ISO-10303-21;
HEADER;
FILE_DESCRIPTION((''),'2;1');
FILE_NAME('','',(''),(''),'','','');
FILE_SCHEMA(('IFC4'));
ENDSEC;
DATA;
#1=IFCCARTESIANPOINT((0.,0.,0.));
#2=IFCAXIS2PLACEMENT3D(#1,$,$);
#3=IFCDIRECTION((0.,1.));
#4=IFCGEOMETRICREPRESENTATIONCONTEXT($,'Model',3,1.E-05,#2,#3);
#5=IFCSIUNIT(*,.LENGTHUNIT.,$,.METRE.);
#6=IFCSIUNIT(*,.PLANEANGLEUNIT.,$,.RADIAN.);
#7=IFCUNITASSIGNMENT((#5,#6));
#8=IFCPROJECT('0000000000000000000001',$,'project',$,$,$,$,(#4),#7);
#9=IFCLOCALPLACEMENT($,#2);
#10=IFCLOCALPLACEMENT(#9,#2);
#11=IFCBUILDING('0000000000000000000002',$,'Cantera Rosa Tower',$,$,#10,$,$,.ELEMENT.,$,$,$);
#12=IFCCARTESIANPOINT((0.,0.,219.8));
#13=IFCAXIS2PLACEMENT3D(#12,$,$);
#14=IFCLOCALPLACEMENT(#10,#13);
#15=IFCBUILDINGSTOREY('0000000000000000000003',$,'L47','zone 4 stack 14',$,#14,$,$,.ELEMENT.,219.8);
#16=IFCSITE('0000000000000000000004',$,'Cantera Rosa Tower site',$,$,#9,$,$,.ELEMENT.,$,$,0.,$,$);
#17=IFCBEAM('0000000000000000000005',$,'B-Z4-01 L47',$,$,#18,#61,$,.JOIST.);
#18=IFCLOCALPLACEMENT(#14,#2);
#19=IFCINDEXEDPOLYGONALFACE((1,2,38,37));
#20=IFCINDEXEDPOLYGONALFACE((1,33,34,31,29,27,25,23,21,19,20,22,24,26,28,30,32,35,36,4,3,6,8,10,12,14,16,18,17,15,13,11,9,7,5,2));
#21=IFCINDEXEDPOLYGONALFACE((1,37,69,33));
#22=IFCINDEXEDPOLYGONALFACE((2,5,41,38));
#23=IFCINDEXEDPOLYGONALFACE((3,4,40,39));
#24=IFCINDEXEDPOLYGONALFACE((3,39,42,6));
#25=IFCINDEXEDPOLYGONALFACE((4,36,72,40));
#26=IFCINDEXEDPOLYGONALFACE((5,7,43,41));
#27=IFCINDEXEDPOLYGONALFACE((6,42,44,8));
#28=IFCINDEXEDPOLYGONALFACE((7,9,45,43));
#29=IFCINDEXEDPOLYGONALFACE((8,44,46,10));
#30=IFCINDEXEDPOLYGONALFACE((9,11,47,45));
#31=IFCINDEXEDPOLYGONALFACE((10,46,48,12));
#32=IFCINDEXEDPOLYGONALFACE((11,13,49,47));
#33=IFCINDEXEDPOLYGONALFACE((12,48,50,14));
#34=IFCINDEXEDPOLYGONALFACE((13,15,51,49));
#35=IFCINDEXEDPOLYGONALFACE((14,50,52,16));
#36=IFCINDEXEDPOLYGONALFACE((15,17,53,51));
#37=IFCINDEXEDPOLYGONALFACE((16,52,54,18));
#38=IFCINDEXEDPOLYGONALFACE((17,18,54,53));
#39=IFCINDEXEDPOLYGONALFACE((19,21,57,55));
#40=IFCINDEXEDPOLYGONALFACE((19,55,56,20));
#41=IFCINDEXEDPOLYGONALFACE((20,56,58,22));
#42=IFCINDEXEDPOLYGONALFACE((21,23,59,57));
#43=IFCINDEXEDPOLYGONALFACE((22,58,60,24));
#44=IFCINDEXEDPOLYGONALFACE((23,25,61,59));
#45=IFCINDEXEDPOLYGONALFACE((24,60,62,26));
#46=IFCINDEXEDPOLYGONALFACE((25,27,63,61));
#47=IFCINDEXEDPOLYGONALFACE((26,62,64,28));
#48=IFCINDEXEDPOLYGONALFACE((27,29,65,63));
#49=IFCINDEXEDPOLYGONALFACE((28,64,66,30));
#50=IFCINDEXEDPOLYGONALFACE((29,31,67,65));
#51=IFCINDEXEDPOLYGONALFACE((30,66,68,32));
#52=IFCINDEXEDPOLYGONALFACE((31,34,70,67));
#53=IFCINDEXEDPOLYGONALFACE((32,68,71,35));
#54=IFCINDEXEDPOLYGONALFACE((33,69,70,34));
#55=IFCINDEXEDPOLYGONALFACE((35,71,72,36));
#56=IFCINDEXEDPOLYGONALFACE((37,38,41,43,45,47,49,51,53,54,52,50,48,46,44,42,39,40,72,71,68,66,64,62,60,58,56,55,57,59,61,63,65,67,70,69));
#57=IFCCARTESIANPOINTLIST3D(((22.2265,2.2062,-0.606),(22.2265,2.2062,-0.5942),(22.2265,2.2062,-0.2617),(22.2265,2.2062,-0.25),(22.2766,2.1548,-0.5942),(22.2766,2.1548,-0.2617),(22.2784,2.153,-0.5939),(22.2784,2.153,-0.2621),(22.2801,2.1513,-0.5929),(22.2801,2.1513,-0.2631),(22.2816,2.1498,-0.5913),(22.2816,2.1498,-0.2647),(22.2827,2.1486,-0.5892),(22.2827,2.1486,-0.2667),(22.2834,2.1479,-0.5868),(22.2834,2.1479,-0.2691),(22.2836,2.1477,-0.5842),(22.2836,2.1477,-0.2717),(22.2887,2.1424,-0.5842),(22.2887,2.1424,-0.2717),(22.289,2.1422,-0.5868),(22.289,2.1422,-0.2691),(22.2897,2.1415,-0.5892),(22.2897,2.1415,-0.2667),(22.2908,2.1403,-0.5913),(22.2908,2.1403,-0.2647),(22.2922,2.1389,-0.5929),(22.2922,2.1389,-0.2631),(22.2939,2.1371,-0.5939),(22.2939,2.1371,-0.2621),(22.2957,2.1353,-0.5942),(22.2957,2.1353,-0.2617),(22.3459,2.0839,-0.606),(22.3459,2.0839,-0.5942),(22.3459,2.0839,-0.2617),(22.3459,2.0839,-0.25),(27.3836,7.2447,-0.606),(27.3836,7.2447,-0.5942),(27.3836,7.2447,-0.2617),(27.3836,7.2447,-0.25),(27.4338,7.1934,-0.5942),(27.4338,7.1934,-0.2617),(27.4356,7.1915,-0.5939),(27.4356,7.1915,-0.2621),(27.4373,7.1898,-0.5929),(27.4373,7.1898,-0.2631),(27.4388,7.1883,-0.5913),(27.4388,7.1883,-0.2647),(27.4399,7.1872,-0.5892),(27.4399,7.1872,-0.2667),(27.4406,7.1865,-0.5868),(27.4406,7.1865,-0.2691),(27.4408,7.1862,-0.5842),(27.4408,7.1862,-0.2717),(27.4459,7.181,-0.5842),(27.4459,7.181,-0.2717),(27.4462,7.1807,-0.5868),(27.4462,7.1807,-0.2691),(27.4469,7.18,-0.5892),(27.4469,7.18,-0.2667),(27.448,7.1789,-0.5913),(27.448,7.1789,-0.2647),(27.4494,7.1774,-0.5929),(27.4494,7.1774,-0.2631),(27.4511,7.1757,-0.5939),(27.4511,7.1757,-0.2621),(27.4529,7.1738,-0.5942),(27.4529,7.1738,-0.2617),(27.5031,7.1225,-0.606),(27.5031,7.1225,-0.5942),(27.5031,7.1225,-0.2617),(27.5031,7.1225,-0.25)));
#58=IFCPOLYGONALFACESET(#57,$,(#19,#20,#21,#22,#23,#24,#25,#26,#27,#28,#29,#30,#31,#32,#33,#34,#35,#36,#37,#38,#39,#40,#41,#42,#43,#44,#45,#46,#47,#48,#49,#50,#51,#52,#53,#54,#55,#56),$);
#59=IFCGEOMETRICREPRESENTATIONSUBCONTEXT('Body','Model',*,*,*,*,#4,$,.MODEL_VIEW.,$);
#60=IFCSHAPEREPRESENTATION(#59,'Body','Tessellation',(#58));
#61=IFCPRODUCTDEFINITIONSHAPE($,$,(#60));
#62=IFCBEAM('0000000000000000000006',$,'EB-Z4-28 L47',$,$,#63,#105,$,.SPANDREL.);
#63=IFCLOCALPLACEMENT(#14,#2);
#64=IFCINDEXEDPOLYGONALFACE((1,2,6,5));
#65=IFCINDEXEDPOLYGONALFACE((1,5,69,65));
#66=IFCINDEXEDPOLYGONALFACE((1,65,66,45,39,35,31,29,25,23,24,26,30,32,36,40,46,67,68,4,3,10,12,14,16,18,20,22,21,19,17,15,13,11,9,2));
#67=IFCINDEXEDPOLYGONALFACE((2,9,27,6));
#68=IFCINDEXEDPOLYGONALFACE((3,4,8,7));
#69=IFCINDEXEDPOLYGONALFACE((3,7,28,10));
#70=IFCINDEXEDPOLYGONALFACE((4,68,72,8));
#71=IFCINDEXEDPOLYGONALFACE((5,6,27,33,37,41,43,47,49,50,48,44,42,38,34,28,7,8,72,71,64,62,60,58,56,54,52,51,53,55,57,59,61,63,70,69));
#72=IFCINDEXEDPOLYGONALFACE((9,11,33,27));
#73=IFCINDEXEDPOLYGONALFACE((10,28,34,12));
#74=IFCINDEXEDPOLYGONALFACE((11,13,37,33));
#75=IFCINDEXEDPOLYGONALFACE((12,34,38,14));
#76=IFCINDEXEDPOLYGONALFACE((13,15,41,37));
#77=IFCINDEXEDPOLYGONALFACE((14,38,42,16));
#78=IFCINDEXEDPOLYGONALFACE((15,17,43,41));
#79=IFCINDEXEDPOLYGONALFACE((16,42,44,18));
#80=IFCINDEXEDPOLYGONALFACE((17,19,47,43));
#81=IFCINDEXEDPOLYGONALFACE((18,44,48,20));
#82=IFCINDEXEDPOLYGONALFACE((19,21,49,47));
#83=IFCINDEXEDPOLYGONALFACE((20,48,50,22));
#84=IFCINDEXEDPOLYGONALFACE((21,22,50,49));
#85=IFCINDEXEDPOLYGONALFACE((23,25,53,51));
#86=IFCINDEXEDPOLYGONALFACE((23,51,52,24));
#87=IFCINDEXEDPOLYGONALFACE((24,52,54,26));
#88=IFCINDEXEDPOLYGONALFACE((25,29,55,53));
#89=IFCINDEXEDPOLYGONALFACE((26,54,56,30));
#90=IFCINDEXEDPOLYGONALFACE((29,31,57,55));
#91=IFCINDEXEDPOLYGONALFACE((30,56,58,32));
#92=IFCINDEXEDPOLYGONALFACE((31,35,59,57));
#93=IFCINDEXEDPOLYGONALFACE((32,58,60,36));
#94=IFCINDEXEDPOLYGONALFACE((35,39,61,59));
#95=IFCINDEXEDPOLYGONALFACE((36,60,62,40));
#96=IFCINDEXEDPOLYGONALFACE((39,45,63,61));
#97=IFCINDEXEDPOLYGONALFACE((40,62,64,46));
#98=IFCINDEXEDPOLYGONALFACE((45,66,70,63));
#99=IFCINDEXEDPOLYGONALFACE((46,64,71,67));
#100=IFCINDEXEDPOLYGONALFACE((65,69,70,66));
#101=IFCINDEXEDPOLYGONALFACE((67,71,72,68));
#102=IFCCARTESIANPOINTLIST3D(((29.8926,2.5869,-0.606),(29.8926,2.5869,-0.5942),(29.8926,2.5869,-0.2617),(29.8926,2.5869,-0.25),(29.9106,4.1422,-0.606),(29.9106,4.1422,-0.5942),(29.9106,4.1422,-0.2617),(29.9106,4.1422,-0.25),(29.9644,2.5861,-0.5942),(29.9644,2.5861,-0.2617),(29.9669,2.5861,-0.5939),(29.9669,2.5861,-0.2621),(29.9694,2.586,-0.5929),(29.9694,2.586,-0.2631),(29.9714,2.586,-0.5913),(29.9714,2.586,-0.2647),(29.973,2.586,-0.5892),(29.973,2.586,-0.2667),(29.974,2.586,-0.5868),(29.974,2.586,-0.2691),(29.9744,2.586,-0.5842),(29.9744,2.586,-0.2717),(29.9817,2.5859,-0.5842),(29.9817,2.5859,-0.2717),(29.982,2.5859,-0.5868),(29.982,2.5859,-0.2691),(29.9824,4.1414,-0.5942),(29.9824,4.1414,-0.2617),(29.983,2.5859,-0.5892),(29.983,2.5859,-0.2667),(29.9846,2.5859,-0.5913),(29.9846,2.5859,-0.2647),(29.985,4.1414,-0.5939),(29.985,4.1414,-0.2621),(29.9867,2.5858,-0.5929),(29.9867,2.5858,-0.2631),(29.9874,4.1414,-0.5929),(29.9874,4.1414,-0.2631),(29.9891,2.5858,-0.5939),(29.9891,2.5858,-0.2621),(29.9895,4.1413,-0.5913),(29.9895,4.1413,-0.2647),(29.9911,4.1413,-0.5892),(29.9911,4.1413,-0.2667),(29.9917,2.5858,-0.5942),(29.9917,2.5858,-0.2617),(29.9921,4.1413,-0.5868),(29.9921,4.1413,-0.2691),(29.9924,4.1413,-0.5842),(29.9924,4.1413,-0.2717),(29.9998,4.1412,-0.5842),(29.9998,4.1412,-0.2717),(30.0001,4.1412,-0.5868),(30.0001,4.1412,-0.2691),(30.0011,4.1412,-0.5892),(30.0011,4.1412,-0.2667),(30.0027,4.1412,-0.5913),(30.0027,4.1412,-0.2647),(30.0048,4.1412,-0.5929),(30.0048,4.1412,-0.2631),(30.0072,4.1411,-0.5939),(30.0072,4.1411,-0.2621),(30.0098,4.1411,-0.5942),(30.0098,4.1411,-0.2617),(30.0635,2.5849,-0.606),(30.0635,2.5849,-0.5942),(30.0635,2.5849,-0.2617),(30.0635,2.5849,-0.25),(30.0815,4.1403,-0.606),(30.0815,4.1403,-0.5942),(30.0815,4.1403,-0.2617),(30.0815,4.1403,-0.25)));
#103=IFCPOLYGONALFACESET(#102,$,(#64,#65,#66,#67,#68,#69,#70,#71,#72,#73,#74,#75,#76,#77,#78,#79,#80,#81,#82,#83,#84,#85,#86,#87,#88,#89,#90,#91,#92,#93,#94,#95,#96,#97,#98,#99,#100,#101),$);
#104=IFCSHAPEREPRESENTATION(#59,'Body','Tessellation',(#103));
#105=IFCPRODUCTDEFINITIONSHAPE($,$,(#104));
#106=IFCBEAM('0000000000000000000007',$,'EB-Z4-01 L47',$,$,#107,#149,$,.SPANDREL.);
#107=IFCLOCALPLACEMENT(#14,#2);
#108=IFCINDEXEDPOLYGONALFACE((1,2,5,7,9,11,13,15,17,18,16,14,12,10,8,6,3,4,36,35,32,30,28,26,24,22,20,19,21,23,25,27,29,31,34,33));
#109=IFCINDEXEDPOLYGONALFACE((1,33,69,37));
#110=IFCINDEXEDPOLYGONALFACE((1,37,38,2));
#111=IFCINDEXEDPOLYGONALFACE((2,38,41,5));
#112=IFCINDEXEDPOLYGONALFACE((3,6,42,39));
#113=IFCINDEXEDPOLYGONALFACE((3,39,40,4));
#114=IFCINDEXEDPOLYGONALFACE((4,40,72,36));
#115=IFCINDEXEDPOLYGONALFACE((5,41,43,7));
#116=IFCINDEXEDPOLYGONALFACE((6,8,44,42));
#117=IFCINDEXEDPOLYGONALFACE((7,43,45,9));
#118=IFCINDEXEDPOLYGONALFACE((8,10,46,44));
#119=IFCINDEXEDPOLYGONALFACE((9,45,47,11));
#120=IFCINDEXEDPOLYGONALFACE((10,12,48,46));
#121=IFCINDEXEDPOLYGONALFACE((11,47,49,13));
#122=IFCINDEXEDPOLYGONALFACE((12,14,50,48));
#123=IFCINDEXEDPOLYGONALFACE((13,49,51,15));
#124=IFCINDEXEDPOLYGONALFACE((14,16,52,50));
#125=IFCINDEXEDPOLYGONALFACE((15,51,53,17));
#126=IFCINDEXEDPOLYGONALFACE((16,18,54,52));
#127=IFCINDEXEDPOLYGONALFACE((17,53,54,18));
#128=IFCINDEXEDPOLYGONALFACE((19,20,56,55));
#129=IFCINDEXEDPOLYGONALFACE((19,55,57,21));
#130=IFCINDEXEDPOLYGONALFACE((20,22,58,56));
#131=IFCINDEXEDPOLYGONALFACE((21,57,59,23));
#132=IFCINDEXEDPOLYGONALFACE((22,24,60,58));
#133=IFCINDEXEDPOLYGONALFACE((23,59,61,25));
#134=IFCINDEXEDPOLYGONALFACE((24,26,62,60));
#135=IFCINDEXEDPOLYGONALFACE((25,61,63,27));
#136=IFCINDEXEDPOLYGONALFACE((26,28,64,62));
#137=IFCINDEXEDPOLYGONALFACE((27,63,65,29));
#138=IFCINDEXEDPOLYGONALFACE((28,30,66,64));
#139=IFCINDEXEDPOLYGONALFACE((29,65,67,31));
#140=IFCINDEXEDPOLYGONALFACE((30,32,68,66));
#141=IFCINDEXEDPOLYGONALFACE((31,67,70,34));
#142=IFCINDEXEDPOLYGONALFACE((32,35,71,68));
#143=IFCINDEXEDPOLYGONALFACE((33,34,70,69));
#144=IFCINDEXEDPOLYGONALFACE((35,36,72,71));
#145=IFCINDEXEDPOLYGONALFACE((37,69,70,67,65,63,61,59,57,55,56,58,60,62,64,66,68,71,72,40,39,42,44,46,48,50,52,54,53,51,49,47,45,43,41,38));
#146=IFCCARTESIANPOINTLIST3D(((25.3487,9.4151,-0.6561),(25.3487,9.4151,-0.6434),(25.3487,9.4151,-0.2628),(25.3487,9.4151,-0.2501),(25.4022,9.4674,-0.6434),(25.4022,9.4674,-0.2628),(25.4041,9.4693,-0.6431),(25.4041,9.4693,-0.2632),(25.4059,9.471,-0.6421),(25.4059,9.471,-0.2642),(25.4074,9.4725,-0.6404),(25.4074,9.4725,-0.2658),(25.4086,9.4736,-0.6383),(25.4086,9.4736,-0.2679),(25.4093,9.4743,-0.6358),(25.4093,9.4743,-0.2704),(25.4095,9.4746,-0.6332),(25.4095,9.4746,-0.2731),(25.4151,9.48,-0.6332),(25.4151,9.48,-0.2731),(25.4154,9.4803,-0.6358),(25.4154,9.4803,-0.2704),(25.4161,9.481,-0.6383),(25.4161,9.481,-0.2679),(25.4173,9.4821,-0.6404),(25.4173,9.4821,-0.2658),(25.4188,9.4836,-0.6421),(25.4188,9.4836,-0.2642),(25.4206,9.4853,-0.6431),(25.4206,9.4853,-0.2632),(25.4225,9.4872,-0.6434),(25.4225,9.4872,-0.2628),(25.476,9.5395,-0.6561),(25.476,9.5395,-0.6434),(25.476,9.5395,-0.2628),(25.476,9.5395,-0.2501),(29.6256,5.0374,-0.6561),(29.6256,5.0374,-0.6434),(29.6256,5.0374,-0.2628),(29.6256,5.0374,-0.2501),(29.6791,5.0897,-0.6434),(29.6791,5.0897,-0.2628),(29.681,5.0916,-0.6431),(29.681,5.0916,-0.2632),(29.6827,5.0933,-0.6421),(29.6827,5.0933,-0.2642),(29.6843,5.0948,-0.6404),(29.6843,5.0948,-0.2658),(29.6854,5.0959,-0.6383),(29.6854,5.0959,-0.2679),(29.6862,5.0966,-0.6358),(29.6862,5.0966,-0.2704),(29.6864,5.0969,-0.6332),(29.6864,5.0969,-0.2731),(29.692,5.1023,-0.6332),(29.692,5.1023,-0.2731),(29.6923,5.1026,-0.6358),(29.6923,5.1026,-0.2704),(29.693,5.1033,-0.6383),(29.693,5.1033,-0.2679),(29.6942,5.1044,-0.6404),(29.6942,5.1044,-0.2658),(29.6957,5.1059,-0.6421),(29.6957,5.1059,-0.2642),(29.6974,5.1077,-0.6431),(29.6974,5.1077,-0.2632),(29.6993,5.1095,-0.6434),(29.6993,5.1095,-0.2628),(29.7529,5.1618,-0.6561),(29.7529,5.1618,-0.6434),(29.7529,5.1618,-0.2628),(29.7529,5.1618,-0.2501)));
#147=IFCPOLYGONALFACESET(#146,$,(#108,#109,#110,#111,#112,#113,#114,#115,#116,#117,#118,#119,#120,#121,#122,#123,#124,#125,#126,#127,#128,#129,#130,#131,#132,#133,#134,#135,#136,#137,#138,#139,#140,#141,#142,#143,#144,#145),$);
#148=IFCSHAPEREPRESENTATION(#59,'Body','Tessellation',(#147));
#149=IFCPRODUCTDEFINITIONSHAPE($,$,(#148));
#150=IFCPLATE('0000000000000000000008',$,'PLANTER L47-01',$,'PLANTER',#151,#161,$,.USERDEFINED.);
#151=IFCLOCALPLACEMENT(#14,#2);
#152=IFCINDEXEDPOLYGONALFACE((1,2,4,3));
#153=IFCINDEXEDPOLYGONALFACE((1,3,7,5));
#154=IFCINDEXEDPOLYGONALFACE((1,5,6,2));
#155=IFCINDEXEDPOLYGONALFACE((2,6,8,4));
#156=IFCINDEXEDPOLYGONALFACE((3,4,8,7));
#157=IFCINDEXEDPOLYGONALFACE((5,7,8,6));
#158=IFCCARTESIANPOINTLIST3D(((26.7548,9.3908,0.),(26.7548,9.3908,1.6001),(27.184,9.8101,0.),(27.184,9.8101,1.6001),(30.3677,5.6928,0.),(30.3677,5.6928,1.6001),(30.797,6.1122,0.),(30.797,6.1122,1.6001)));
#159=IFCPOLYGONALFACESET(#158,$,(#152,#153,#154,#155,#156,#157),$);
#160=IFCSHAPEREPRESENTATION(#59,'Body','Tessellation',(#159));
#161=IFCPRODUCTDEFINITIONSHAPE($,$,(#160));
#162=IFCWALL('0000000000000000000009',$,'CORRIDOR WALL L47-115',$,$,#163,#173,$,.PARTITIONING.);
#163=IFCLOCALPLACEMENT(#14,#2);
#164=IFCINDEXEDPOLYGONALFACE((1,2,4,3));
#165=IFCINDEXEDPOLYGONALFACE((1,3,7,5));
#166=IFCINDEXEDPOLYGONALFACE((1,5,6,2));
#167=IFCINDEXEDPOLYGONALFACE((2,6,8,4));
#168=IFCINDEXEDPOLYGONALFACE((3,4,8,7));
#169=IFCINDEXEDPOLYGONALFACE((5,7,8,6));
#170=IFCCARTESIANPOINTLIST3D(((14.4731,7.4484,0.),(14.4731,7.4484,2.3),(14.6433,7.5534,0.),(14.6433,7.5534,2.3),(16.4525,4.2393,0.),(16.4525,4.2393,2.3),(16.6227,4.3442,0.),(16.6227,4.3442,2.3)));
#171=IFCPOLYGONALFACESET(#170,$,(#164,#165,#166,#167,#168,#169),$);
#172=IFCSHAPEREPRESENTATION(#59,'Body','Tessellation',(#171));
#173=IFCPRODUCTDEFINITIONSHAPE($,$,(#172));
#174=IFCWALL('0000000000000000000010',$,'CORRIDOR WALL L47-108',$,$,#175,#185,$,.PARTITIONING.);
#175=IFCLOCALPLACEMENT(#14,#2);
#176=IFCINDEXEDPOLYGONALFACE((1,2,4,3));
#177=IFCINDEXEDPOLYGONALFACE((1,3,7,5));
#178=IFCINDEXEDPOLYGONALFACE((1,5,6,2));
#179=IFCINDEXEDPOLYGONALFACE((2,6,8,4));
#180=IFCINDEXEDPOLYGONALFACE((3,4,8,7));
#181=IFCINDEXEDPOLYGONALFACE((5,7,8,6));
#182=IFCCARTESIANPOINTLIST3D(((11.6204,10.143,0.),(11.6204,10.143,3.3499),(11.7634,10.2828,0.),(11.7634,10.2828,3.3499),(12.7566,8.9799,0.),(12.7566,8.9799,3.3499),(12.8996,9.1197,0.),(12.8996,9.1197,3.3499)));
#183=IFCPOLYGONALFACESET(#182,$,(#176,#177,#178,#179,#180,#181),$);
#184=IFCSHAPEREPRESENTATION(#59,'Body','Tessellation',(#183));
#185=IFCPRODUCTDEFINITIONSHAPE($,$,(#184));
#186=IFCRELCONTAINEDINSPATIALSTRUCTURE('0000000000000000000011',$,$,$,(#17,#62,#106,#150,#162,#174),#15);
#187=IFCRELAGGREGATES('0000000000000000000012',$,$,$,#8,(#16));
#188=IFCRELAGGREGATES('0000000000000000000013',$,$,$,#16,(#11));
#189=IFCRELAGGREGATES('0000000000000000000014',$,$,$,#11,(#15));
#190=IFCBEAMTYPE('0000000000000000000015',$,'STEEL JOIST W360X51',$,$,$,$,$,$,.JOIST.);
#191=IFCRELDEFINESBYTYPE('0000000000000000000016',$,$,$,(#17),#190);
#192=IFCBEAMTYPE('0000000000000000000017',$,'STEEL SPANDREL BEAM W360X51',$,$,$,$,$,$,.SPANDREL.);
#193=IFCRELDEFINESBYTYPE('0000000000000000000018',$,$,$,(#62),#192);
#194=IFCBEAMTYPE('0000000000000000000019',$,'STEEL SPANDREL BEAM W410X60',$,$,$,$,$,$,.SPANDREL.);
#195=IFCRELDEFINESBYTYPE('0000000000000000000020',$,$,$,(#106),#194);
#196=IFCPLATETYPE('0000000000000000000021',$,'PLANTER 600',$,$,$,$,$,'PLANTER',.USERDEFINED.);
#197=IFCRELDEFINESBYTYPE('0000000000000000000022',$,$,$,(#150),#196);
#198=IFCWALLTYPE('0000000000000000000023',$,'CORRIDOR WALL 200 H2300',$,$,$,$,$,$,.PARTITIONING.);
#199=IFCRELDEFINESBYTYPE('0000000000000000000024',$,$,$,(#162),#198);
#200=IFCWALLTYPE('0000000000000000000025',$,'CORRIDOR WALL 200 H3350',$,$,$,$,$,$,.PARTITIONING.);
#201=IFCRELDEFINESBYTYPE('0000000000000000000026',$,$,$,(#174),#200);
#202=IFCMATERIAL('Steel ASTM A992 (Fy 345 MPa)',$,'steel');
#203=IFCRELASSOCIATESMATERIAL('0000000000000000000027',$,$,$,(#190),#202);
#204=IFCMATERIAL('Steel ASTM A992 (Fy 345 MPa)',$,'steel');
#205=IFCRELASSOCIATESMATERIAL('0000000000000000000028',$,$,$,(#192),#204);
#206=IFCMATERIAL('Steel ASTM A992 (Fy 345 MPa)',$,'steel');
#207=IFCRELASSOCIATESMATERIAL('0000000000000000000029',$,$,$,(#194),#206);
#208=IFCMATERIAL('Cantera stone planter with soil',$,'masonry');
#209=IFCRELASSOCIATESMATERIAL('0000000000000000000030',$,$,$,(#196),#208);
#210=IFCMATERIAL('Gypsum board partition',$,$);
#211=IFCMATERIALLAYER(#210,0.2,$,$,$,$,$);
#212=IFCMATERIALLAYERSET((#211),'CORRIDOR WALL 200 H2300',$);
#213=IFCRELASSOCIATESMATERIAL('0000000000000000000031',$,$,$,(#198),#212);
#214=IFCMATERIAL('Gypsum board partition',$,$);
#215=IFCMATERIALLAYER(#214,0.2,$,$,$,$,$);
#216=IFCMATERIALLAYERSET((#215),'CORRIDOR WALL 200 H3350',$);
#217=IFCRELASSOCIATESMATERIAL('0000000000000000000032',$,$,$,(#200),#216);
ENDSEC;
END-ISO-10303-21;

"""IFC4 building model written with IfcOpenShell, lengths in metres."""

from ifc_helpers import new_model, si_unit, direction, frame, frame_2d, origin, origin_2d, place, context, subcontext, project, spatial, rectangle, i_section, extrude, material, layer, layer_set, material_profile, profile_set, type_object, element, save


model = new_model("IFC4")

# Units and contexts
model_context = context("Model", 3, precision=1e-05, world=origin(), true_north=direction((0.0, 1.0)))
body_context = subcontext(model_context, "Body", "Model", "MODEL_VIEW")
ifc_project = project(units=[si_unit("LENGTHUNIT", "METRE"), si_unit("PLANEANGLEUNIT", "RADIAN")], contexts=[model_context])

# Site, building, storey
site_placement = place(None, origin())
site = spatial("IfcSite", under=ifc_project, at=site_placement, Name="Cantera Rosa Tower site", CompositionType="ELEMENT", RefElevation=0.0)
building_placement = place(site_placement, origin())
building = spatial("IfcBuilding", under=site, at=building_placement, Name="Cantera Rosa Tower", CompositionType="ELEMENT")
storey_placement = place(building_placement, frame((0.0, 0.0, 219.8)))
storey = spatial("IfcBuildingStorey", under=building, at=storey_placement, Name="L47", Description="zone 4 stack 14", CompositionType="ELEMENT", Elevation=219.8)

# Beams
ifc_material_1 = material(Name="Steel ASTM A992 (Fy 345 MPa)", Category="steel")
ifc_material_profile_1 = material_profile(ifc_material_1, i_section(OverallWidth=0.1709, OverallDepth=0.356, WebThickness=0.0073, FlangeThickness=0.0117, FilletRadius=0.01, at=origin_2d()), Name="W360X51")
ifc_profile_set_1 = profile_set([ifc_material_profile_1], Name="Steel ASTM A992 (Fy 345 MPa)")
beam_type_1 = type_object("IfcBeamType", Name="STEEL JOIST W360X51", PredefinedType="JOIST", material=ifc_profile_set_1)
beam_1_placement = place(storey_placement, frame((27.4434, 7.1836, -0.428), z_axis=(-0.715287, -0.698831, 0.0), x_axis=(0.698831, -0.715287, 0.0)))
element("IfcBeam", 1, at=beam_1_placement, inside=storey, type_object=beam_type_1, Name="B-Z4-01 L47", PredefinedType="JOIST", context=body_context, shape_type="SweptSolid", body=[
    extrude(i_section(OverallWidth=0.1709, OverallDepth=0.356, WebThickness=0.0073, FlangeThickness=0.0117, FilletRadius=0.01, at=origin_2d()), origin(), (0.0, 0.0, 1.0), 7.21),
])
ifc_material_2 = material(Name="Steel ASTM A992 (Fy 345 MPa)", Category="steel")
ifc_material_profile_2 = material_profile(ifc_material_2, i_section(OverallWidth=0.1709, OverallDepth=0.356, WebThickness=0.0073, FlangeThickness=0.0117, FilletRadius=0.01, at=origin_2d()), Name="W360X51")
ifc_profile_set_2 = profile_set([ifc_material_profile_2], Name="Steel ASTM A992 (Fy 345 MPa)")
beam_type_2 = type_object("IfcBeamType", Name="STEEL SPANDREL BEAM W360X51", PredefinedType="SPANDREL", material=ifc_profile_set_2)
beam_2_placement = place(storey_placement, frame((29.978, 2.5859, -0.428), z_axis=(0.011614, 0.999933, 0.0), x_axis=(-0.999933, 0.011614, 0.0)))
element("IfcBeam", 2, at=beam_2_placement, inside=storey, type_object=beam_type_2, Name="EB-Z4-28 L47", PredefinedType="SPANDREL", context=body_context, shape_type="SweptSolid", body=[
    extrude(i_section(OverallWidth=0.1709, OverallDepth=0.356, WebThickness=0.0073, FlangeThickness=0.0117, FilletRadius=0.01, at=origin_2d()), origin(), (0.0, 0.0, 1.0), 1.5554),
])
ifc_material_3 = material(Name="Steel ASTM A992 (Fy 345 MPa)", Category="steel")
ifc_material_profile_3 = material_profile(ifc_material_3, i_section(OverallWidth=0.178, OverallDepth=0.406, WebThickness=0.0078, FlangeThickness=0.0127, FilletRadius=0.0103, at=origin_2d()), Name="W410X60")
ifc_profile_set_3 = profile_set([ifc_material_profile_3], Name="Steel ASTM A992 (Fy 345 MPa)")
beam_type_3 = type_object("IfcBeamType", Name="STEEL SPANDREL BEAM W410X60", PredefinedType="SPANDREL", material=ifc_profile_set_3)
beam_3_placement = place(storey_placement, frame((29.6892, 5.0996, -0.4531), z_axis=(-0.698821, 0.715296, 0.0), x_axis=(-0.715296, -0.698821, 0.0)))
element("IfcBeam", 3, at=beam_3_placement, inside=storey, type_object=beam_type_3, Name="EB-Z4-01 L47", PredefinedType="SPANDREL", context=body_context, shape_type="SweptSolid", body=[
    extrude(i_section(OverallWidth=0.178, OverallDepth=0.406, WebThickness=0.0078, FlangeThickness=0.0127, FilletRadius=0.0103, at=origin_2d()), origin(), (0.0, 0.0, 1.0), 6.1201),
])

# Plate
ifc_material_4 = material(Name="Cantera stone planter with soil", Category="masonry")
plate_type = type_object("IfcPlateType", Name="PLANTER 600", ElementType="PLANTER", PredefinedType="USERDEFINED", material=ifc_material_4)
plate_placement = place(storey_placement, frame((28.7759, 7.7515, 0.0), z_axis=(0.0, 0.0, 1.0), x_axis=(-0.698832, 0.715286, 0.0)))
element("IfcPlate", 4, at=plate_placement, inside=storey, type_object=plate_type, Name="PLANTER L47-01", ObjectType="PLANTER", PredefinedType="USERDEFINED", context=body_context, shape_type="SweptSolid", body=[
    extrude(rectangle(XDim=5.1699, YDim=0.6001, at=origin_2d()), origin(), (0.0, 0.0, 1.0), 1.6001),
])

# Walls
ifc_material_5 = material(Name="Gypsum board partition")
ifc_layer_1 = layer(ifc_material_5, 0.2)
ifc_layer_set_1 = layer_set([ifc_layer_1], Name="CORRIDOR WALL 200 H2300")
wall_type_1 = type_object("IfcWallType", Name="CORRIDOR WALL 200 H2300", PredefinedType="PARTITIONING", material=ifc_layer_set_1)
wall_1_placement = place(storey_placement, frame((16.5376, 4.2917, 0.0), z_axis=(0.0, 0.0, 1.0), x_axis=(-0.524979, 0.851115, 0.0)))
element("IfcWall", 5, at=wall_1_placement, inside=storey, type_object=wall_type_1, Name="CORRIDOR WALL L47-115", PredefinedType="PARTITIONING", context=body_context, shape_type="SweptSolid", body=[
    extrude(rectangle(XDim=3.7705, YDim=0.2, at=frame_2d((1.8853, 0.0))), origin(), (0.0, 0.0, 1.0), 2.3),
])
ifc_material_6 = material(Name="Gypsum board partition")
ifc_layer_2 = layer(ifc_material_6, 0.2)
ifc_layer_set_2 = layer_set([ifc_layer_2], Name="CORRIDOR WALL 200 H3350")
wall_type_2 = type_object("IfcWallType", Name="CORRIDOR WALL 200 H3350", PredefinedType="PARTITIONING", material=ifc_layer_set_2)
wall_2_placement = place(storey_placement, frame((12.8281, 9.0498, 0.0), z_axis=(0.0, 0.0, 1.0), x_axis=(-0.6988, 0.715317, 0.0)))
element("IfcWall", 6, at=wall_2_placement, inside=storey, type_object=wall_type_2, Name="CORRIDOR WALL L47-108", PredefinedType="PARTITIONING", context=body_context, shape_type="SweptSolid", body=[
    extrude(rectangle(XDim=1.626, YDim=0.2, at=frame_2d((0.813, 0.0))), origin(), (0.0, 0.0, 1.0), 3.3499),
])

save(model, "model.ifc")
